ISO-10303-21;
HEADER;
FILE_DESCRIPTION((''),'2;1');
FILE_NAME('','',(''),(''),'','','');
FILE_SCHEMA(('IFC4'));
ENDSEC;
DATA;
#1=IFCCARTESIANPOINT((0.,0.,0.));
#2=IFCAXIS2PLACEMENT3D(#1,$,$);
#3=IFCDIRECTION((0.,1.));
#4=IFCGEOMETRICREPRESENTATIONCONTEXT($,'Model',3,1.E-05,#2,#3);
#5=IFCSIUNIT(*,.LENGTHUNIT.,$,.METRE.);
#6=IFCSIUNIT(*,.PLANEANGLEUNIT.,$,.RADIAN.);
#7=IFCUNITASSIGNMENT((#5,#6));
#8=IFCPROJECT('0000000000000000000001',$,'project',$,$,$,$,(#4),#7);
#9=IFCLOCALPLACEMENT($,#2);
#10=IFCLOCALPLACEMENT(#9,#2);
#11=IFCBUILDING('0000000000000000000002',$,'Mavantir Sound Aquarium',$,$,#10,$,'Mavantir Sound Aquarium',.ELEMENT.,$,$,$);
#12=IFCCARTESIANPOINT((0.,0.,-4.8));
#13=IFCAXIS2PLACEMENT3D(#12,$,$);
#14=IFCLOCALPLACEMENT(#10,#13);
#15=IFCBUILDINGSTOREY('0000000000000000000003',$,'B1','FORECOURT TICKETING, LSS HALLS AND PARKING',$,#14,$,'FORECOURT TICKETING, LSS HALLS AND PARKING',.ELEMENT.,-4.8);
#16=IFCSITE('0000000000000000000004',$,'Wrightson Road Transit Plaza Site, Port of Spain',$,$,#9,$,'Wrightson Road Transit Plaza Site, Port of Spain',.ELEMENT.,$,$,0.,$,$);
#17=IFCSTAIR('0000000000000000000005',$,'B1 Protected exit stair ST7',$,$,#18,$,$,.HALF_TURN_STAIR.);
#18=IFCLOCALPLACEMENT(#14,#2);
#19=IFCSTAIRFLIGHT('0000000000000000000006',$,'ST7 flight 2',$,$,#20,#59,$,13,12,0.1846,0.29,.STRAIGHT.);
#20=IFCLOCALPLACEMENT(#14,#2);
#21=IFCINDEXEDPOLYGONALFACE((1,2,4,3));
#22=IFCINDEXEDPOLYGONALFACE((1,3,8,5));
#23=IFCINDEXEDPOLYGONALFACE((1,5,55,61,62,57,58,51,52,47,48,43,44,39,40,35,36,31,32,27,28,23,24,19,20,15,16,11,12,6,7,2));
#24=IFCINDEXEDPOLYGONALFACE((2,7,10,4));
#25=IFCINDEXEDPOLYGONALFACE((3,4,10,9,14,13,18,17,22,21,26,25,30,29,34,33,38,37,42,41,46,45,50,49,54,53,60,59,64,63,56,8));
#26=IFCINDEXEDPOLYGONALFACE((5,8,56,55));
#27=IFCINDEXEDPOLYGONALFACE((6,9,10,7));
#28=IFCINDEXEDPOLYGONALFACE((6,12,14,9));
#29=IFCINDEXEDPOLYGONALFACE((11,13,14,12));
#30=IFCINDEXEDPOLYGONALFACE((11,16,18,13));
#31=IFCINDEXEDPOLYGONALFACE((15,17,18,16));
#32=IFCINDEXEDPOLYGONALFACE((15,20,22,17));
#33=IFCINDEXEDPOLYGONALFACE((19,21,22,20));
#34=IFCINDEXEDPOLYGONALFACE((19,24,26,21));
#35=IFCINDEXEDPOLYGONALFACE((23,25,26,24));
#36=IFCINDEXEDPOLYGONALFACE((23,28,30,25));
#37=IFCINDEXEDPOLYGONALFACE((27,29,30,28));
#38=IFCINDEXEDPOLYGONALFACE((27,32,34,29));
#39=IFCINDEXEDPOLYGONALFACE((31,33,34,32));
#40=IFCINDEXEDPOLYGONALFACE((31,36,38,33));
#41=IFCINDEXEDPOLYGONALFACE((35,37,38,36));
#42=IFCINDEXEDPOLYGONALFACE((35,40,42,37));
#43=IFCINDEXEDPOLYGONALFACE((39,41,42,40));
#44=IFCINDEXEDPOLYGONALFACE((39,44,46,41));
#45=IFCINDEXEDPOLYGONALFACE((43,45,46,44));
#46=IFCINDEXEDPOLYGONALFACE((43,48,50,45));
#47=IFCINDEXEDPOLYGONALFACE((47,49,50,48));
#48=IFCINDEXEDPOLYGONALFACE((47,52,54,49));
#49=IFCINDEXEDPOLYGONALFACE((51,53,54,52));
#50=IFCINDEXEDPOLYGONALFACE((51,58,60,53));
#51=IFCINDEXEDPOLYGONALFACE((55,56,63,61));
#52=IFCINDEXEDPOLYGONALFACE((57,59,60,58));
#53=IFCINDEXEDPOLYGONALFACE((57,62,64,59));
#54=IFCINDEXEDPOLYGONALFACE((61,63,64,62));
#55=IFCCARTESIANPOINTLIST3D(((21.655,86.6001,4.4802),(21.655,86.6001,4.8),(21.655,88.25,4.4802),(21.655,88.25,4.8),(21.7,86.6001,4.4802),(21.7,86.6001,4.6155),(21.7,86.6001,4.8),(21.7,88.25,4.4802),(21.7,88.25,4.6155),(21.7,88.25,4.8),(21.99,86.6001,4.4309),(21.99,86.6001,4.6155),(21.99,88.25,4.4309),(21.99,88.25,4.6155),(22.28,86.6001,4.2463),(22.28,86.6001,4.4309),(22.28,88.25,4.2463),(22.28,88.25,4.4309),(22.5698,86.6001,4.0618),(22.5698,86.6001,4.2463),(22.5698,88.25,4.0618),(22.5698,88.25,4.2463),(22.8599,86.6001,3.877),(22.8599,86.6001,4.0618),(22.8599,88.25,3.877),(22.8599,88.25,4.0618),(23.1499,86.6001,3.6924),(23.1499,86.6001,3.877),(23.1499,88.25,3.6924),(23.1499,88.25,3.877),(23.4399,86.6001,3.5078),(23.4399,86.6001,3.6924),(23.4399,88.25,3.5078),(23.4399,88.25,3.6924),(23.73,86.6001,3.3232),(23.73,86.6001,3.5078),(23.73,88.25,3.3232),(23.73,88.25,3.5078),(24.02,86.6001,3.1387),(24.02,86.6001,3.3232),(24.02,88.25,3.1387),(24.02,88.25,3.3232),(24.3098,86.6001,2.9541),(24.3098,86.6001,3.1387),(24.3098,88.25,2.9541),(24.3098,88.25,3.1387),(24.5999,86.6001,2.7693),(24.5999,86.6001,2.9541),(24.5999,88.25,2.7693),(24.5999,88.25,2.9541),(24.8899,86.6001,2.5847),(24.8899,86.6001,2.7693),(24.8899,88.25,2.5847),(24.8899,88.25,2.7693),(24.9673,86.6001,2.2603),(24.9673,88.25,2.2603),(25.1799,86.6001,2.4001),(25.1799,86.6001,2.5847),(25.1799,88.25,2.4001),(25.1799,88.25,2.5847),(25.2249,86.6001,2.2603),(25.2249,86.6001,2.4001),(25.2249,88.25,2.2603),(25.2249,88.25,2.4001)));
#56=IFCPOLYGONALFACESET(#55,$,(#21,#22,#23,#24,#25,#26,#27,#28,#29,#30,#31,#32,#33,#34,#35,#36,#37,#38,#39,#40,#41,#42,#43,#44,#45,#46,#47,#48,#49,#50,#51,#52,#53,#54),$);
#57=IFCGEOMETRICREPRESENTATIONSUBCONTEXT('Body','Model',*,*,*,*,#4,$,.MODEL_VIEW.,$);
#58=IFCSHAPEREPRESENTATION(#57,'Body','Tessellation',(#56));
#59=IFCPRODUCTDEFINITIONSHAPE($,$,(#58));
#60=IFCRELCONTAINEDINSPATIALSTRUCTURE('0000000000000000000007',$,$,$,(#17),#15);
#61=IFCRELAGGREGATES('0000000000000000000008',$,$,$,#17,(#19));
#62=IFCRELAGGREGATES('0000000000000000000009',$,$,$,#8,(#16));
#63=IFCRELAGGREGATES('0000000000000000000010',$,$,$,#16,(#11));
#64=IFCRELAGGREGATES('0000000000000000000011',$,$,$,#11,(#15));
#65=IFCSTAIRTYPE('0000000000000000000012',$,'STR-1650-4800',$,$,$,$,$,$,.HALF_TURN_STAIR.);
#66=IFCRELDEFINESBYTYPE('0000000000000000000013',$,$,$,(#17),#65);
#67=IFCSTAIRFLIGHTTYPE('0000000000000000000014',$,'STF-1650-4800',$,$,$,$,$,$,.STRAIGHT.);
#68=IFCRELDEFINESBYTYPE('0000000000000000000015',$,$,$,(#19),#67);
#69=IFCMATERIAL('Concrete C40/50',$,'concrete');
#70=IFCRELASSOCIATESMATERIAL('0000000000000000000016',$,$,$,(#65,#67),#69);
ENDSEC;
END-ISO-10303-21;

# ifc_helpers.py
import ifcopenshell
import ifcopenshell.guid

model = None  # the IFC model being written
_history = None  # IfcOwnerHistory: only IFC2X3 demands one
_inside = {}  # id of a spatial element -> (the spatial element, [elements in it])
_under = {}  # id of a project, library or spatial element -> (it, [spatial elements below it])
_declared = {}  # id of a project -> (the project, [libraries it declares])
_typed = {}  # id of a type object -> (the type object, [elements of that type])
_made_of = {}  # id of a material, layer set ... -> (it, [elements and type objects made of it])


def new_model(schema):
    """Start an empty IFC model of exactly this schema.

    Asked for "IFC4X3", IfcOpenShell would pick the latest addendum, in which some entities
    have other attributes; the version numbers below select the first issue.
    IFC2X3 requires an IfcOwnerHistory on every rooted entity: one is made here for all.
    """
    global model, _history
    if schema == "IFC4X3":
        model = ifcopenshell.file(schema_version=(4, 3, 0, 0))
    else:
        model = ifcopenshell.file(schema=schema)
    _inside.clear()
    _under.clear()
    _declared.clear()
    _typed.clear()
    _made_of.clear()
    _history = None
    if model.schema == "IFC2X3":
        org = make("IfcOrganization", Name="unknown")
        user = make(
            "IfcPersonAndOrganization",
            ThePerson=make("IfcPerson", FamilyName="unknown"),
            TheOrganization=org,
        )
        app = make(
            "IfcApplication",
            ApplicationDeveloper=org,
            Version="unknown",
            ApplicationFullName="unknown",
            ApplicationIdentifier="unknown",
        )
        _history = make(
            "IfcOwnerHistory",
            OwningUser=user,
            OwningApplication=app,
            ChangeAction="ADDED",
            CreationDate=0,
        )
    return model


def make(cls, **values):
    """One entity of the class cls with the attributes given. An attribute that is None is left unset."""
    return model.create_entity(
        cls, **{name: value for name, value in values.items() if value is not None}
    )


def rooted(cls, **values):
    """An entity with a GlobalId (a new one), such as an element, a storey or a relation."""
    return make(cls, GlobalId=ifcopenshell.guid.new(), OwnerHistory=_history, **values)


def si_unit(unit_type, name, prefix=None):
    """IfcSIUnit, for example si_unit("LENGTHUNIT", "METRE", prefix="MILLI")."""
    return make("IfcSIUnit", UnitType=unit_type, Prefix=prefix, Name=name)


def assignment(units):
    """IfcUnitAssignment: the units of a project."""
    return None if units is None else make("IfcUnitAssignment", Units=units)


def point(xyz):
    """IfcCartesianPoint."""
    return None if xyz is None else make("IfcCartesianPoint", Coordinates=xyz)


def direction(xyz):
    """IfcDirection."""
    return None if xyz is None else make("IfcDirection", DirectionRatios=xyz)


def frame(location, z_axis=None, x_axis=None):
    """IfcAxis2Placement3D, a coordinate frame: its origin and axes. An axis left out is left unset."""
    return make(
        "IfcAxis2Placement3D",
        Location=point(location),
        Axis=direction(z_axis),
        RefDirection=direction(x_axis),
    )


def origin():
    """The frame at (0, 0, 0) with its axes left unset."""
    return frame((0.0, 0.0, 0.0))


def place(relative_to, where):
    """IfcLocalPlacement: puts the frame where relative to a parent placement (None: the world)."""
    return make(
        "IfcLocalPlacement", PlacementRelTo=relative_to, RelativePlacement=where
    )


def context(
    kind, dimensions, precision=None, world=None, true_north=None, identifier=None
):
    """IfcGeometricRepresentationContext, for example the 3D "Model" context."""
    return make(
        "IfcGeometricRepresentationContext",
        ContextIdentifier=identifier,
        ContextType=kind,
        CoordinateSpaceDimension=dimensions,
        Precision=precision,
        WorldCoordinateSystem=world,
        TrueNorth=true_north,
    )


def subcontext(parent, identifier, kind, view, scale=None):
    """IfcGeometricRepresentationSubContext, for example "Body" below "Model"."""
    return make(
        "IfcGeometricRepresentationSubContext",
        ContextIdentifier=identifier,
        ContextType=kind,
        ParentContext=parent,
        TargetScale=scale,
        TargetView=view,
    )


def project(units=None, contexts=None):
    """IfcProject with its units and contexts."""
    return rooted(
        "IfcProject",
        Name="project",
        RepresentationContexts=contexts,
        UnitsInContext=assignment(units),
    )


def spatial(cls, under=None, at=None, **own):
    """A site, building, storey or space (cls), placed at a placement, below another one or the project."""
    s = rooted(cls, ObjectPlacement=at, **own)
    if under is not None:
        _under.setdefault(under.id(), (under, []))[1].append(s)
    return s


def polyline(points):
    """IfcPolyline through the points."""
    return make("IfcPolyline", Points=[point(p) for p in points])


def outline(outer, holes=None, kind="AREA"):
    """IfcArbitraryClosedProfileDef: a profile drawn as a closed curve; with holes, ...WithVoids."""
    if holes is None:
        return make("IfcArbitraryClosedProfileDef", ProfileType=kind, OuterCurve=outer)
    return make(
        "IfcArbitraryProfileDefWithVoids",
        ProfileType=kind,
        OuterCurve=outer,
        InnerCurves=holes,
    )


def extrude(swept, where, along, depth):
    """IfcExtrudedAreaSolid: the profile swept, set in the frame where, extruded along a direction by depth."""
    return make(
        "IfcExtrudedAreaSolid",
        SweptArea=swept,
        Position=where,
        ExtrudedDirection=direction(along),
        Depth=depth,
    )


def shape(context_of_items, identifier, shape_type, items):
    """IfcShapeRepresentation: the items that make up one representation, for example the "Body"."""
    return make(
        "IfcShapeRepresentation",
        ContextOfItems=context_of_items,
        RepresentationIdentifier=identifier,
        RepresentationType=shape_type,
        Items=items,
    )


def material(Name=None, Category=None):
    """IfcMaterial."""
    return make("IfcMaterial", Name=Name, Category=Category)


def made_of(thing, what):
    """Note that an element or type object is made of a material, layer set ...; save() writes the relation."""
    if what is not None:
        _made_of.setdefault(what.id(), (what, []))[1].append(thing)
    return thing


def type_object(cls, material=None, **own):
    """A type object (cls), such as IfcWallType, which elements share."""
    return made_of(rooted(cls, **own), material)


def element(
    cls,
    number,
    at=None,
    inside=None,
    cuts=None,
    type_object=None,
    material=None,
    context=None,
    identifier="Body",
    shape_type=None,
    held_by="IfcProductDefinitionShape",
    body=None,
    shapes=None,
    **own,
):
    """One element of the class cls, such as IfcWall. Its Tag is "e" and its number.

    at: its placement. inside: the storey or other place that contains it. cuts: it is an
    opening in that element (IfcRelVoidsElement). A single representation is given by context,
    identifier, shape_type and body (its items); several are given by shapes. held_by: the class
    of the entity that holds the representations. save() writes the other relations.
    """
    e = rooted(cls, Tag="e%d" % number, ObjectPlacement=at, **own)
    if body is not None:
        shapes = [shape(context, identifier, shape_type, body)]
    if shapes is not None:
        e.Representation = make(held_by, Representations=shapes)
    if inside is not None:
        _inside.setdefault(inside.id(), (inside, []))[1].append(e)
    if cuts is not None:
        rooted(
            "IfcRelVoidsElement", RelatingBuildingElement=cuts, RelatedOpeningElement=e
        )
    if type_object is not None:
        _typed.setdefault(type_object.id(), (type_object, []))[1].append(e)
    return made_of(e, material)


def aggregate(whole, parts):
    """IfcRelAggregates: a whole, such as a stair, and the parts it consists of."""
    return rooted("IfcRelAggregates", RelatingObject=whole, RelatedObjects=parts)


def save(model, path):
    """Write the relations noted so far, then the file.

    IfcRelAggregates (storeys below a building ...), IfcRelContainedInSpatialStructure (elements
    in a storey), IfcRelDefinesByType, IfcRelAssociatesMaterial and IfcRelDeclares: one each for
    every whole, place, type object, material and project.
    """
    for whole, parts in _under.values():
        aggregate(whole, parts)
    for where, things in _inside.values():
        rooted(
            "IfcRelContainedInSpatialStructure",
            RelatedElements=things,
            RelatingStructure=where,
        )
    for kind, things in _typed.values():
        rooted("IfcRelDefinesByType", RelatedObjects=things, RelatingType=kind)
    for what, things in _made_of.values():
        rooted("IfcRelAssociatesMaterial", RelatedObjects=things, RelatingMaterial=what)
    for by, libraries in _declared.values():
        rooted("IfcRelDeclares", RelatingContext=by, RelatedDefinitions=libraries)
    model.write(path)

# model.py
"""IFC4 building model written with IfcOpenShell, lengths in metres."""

from ifc_helpers import new_model, si_unit, direction, frame, origin, place, context, subcontext, project, spatial, polyline, outline, extrude, material, type_object, element, aggregate, save


model = new_model("IFC4")

# Units and contexts
model_context = context("Model", 3, precision=1e-05, world=origin(), true_north=direction((0.0, 1.0)))
body_context = subcontext(model_context, "Body", "Model", "MODEL_VIEW")
ifc_project = project(units=[si_unit("LENGTHUNIT", "METRE"), si_unit("PLANEANGLEUNIT", "RADIAN")], contexts=[model_context])

# Site, building, storey
site_placement = place(None, origin())
site = spatial("IfcSite", under=ifc_project, at=site_placement, Name="Wrightson Road Transit Plaza Site, Port of Spain", LongName="Wrightson Road Transit Plaza Site, Port of Spain", CompositionType="ELEMENT", RefElevation=0.0)
building_placement = place(site_placement, origin())
building = spatial("IfcBuilding", under=site, at=building_placement, Name="Mavantir Sound Aquarium", LongName="Mavantir Sound Aquarium", CompositionType="ELEMENT")
storey_placement = place(building_placement, frame((0.0, 0.0, -4.8)))
storey = spatial("IfcBuildingStorey", under=building, at=storey_placement, Name="B1", Description="FORECOURT TICKETING, LSS HALLS AND PARKING", LongName="FORECOURT TICKETING, LSS HALLS AND PARKING", CompositionType="ELEMENT", Elevation=-4.8)

# Shared definitions
ifc_material_1 = material(Name="Concrete C40/50", Category="concrete")

# Stair, stair flight
stair_type = type_object("IfcStairType", Name="STR-1650-4800", PredefinedType="HALF_TURN_STAIR", material=ifc_material_1)
stair_placement = place(storey_placement, origin())
stair = element("IfcStair", 1, at=stair_placement, inside=storey, type_object=stair_type, Name="B1 Protected exit stair ST7", PredefinedType="HALF_TURN_STAIR")
stair_flight_type = type_object("IfcStairFlightType", Name="STF-1650-4800", PredefinedType="STRAIGHT", material=ifc_material_1)
stair_flight_1_placement = place(storey_placement, frame((25.1799, 87.425, 2.4001), z_axis=(0.0, 0.0, 1.0), x_axis=(-1.0, 0.0, 0.0)))
stair_flight_1 = element("IfcStairFlight", 2, at=stair_flight_1_placement, type_object=stair_flight_type, Name="ST7 flight 2", NumberOfRisers=13, NumberOfTreads=12, PredefinedType="STRAIGHT", RiserHeight=0.1846, TreadLength=0.29, context=body_context, shape_type="SweptSolid", body=[
    extrude(outline(polyline([(-0.0449, -0.1399), (-0.0449, 0.0), (0.0, 0.0), (0.0, 0.1846), (0.29, 0.1846), (0.29, 0.3691), (0.5801, 0.3691), (0.5801, 0.554), (0.8701, 0.554), (0.8701, 0.7385), (1.1599, 0.7385), (1.1599, 0.9231), (1.45, 0.9231), (1.45, 1.1077), (1.74, 1.1077), (1.74, 1.2922), (2.03, 1.2922), (2.03, 1.4768), (2.3201, 1.4768), (2.3201, 1.6616), (2.6101, 1.6616), (2.6101, 1.8462), (2.8999, 1.8462), (2.8999, 2.0308), (3.1899, 2.0308), (3.1899, 2.2153), (3.48, 2.2153), (3.48, 2.3999), (3.5249, 2.3999), (3.5249, 2.0801), (3.48, 2.0801), (0.2126, -0.1399), (-0.0449, -0.1399)])), frame((0.0, 0.825, 0.0), z_axis=(0.0, -1.0, 0.0), x_axis=(1.0, 0.0, 0.0)), (0.0, 0.0, 1.0), 1.6499),
])
aggregate(stair, [stair_flight_1])

save(model, "model.ifc")
